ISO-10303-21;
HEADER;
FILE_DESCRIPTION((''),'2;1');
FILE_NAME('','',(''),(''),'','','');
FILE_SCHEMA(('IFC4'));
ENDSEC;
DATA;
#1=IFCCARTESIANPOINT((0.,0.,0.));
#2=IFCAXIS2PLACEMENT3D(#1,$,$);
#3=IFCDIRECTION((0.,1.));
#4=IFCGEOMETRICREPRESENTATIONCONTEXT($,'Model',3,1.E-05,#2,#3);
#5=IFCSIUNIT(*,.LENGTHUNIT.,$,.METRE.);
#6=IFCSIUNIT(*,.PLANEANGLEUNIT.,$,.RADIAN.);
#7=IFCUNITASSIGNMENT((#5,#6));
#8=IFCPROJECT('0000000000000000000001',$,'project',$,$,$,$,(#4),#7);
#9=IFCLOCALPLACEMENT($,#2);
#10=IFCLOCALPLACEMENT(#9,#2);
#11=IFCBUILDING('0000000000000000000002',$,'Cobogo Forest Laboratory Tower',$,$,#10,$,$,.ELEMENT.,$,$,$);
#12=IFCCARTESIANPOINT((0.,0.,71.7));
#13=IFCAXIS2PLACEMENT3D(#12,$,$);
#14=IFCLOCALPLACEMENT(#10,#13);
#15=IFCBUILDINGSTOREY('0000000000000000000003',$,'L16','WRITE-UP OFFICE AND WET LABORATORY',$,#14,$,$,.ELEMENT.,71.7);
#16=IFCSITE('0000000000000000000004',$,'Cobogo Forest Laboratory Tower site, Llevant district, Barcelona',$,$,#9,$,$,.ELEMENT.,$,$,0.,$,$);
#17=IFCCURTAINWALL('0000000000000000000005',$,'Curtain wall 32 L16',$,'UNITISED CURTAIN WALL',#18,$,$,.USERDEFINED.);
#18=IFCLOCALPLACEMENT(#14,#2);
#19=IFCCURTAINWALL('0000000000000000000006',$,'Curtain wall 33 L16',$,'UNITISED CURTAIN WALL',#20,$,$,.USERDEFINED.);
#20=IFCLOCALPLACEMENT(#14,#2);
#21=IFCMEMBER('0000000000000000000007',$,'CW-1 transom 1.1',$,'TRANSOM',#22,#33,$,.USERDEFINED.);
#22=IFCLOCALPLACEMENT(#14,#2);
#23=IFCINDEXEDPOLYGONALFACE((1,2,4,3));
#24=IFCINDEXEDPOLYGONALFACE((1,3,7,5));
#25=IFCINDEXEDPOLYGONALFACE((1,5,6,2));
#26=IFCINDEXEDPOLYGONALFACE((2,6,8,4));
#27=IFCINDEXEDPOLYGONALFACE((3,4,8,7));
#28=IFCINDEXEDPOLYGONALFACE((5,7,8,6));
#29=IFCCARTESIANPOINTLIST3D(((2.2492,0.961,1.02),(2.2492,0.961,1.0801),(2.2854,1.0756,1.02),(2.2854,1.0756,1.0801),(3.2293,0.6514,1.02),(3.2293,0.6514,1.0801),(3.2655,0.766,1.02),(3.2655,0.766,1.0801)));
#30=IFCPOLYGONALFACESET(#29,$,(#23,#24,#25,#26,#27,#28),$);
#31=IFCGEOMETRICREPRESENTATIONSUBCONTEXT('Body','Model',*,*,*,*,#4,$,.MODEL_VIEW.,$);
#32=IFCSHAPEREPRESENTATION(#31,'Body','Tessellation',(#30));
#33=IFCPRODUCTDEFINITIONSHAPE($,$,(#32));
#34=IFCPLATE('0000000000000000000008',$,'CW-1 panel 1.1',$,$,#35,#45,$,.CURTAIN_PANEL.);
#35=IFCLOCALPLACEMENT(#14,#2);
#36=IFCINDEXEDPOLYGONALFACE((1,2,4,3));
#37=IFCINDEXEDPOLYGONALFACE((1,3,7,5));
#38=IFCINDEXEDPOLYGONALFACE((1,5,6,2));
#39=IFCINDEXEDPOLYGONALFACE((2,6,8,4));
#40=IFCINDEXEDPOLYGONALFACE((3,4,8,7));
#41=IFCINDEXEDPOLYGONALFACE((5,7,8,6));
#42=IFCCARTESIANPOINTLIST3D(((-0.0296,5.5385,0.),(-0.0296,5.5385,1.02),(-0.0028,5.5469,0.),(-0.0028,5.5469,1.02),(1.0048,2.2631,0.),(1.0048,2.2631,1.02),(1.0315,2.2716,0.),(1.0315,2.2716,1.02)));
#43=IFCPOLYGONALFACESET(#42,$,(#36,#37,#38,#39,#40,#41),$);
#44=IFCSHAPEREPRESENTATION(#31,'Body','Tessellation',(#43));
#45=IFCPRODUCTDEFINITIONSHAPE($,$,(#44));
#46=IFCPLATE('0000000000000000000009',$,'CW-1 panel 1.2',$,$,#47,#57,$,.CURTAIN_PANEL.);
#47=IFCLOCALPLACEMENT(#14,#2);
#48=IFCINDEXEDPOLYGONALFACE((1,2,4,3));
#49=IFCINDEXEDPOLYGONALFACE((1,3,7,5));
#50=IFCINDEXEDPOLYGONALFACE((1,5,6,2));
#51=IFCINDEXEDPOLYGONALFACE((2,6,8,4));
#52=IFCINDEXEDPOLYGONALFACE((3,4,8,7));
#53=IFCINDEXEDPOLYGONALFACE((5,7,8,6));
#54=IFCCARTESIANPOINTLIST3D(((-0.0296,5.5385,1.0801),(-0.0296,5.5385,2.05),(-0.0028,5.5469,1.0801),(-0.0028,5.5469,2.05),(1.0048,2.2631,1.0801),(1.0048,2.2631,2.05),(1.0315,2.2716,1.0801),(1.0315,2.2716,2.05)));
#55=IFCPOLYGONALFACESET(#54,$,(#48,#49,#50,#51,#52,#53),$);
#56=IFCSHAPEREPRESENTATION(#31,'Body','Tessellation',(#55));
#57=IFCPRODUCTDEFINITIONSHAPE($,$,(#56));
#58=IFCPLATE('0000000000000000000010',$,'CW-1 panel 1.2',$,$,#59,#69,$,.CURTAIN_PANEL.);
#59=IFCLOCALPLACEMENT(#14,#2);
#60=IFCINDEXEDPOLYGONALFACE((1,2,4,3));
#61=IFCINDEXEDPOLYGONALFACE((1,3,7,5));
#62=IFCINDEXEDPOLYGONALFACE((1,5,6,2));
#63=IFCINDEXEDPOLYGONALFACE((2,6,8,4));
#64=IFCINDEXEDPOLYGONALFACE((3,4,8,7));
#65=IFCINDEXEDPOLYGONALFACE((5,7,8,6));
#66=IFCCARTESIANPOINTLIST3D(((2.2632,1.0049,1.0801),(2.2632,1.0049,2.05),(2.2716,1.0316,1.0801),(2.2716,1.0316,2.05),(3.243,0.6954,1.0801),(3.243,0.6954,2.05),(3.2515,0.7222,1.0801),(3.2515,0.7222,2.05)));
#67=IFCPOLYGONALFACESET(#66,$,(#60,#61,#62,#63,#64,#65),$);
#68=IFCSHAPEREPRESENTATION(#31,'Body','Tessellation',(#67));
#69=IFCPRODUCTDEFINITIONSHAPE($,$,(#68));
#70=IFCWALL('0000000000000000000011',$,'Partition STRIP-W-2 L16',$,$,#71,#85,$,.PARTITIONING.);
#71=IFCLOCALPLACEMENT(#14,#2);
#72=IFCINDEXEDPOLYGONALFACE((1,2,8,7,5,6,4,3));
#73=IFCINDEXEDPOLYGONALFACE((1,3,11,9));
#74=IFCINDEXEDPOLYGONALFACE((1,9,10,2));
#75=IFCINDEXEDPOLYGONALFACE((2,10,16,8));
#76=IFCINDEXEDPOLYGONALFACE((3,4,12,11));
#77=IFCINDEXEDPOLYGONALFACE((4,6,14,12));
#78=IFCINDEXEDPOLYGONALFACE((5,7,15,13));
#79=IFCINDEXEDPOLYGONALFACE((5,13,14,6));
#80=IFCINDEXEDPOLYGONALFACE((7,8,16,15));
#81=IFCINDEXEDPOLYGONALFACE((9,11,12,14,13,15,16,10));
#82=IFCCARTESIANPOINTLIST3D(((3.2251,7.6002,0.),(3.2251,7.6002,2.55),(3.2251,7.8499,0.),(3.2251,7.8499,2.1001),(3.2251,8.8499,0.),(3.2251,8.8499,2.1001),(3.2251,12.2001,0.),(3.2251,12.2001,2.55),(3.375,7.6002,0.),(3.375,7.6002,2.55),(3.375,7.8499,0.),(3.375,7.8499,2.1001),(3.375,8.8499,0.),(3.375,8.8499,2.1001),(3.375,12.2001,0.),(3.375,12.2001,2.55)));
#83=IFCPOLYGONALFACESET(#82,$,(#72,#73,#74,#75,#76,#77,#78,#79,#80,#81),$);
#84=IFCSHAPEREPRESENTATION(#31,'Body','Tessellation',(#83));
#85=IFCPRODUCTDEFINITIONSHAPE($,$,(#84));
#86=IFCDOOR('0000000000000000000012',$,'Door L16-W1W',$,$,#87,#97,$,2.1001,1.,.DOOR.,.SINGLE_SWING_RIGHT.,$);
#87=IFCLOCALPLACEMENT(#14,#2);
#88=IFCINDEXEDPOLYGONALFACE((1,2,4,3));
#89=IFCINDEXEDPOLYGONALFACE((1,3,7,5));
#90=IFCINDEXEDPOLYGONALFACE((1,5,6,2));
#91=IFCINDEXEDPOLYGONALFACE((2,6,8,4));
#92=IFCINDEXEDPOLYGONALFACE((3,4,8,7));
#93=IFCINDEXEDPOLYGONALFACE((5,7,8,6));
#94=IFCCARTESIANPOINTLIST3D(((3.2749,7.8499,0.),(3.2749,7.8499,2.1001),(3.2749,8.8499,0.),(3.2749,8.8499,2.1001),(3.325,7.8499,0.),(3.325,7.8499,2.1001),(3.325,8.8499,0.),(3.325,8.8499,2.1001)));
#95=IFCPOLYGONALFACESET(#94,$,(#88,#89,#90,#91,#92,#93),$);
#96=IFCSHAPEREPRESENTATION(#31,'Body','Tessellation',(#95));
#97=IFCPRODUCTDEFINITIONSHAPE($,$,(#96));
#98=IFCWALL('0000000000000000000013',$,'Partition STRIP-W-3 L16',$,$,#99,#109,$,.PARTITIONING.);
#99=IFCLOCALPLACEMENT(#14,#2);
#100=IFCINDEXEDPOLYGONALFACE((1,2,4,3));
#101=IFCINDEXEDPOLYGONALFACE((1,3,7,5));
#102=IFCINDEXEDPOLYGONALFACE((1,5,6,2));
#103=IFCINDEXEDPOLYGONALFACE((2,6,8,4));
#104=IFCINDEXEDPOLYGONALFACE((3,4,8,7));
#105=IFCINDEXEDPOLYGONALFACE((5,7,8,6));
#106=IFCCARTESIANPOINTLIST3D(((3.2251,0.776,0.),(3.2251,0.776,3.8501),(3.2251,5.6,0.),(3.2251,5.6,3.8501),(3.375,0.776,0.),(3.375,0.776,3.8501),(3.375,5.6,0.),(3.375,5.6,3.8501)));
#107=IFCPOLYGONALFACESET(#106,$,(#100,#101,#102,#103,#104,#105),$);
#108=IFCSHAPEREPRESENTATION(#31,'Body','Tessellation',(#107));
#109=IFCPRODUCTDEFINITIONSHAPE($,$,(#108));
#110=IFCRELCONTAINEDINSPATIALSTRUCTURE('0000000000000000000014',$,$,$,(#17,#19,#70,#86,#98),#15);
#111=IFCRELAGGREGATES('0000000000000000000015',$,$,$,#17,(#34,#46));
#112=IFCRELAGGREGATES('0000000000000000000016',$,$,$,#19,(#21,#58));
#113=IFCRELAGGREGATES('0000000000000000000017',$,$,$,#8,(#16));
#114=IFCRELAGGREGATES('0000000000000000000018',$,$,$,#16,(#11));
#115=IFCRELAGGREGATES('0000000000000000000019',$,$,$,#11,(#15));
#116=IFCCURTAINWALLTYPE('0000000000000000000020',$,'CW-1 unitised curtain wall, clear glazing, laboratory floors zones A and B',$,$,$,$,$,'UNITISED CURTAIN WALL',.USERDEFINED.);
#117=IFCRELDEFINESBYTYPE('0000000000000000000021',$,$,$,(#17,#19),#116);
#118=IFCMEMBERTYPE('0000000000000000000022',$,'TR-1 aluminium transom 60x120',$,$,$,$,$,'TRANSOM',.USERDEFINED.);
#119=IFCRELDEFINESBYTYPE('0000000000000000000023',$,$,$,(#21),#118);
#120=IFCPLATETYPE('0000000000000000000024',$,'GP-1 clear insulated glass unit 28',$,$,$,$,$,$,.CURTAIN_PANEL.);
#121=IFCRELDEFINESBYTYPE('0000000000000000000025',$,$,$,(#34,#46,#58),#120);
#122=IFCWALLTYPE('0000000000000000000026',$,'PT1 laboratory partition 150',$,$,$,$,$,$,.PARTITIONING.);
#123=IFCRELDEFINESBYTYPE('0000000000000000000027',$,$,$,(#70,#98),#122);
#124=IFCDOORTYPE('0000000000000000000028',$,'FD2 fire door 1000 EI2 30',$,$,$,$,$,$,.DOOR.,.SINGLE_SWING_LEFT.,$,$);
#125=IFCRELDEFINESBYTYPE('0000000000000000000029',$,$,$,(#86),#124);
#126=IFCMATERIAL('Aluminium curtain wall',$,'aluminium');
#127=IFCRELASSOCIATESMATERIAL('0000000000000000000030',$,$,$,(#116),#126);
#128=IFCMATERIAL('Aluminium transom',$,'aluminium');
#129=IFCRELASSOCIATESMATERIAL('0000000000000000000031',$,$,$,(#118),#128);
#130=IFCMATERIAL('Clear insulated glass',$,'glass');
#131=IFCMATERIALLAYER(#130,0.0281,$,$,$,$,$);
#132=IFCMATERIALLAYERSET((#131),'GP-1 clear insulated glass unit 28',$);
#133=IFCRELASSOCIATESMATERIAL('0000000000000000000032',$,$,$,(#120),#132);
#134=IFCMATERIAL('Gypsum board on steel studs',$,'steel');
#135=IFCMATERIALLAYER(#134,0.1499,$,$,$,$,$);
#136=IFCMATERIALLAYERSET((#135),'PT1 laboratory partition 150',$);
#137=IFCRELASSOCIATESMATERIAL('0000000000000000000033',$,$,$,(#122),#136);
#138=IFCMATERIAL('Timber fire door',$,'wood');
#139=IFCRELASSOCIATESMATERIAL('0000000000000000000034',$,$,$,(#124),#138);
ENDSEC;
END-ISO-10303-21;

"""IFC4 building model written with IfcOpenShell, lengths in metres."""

from ifc_helpers import new_model, si_unit, direction, frame, frame_2d, origin, origin_2d, place, context, subcontext, project, spatial, rectangle, extrude, material, layer, layer_set, material_profile, profile_set, type_object, element, fill, aggregate, save


model = new_model("IFC4")

# Units and contexts
model_context = context("Model", 3, precision=1e-05, world=origin(), true_north=direction((0.0, 1.0)))
body_context = subcontext(model_context, "Body", "Model", "MODEL_VIEW")
ifc_project = project(units=[si_unit("LENGTHUNIT", "METRE"), si_unit("PLANEANGLEUNIT", "RADIAN")], contexts=[model_context])

# Site, building, storey
site_placement = place(None, origin())
site = spatial("IfcSite", under=ifc_project, at=site_placement, Name="Cobogo Forest Laboratory Tower site, Llevant district, Barcelona", CompositionType="ELEMENT", RefElevation=0.0)
building_placement = place(site_placement, origin())
building = spatial("IfcBuilding", under=site, at=building_placement, Name="Cobogo Forest Laboratory Tower", CompositionType="ELEMENT")
storey_placement = place(building_placement, frame((0.0, 0.0, 71.7)))
storey = spatial("IfcBuildingStorey", under=building, at=storey_placement, Name="L16", Description="WRITE-UP OFFICE AND WET LABORATORY", CompositionType="ELEMENT", Elevation=71.7)

# Curtain walls
ifc_material_1 = material(Name="Aluminium curtain wall", Category="aluminium")
curtain_wall_type = type_object("IfcCurtainWallType", Name="CW-1 unitised curtain wall, clear glazing, laboratory floors zones A and B", ElementType="UNITISED CURTAIN WALL", PredefinedType="USERDEFINED", material=ifc_material_1)
curtain_wall_1_placement = place(storey_placement, origin())
curtain_wall_1 = element("IfcCurtainWall", 1, at=curtain_wall_1_placement, inside=storey, type_object=curtain_wall_type, Name="Curtain wall 32 L16", ObjectType="UNITISED CURTAIN WALL", PredefinedType="USERDEFINED")
curtain_wall_2_placement = place(storey_placement, origin())
curtain_wall_2 = element("IfcCurtainWall", 2, at=curtain_wall_2_placement, inside=storey, type_object=curtain_wall_type, Name="Curtain wall 33 L16", ObjectType="UNITISED CURTAIN WALL", PredefinedType="USERDEFINED")

# Member
ifc_material_2 = material(Name="Aluminium transom", Category="aluminium")
ifc_material_profile_1 = material_profile(ifc_material_2, rectangle(XDim=0.1201, YDim=0.0601, at=origin_2d()), Name="AL 60x120")
ifc_profile_set_1 = profile_set([ifc_material_profile_1], Name="Aluminium transom")
member_type_1 = type_object("IfcMemberType", Name="TR-1 aluminium transom 60x120", ElementType="TRANSOM", PredefinedType="USERDEFINED", material=ifc_profile_set_1)
member_1_placement = place(storey_placement, frame((2.2673, 1.0183, 1.05), z_axis=(0.953554, -0.301222, 0.0), x_axis=(0.301222, 0.953554, 0.0)))
member_1 = element("IfcMember", 3, at=member_1_placement, type_object=member_type_1, Name="CW-1 transom 1.1", ObjectType="TRANSOM", PredefinedType="USERDEFINED", context=body_context, shape_type="SweptSolid", body=[
    extrude(rectangle(XDim=0.1201, YDim=0.0601, at=origin_2d()), origin(), (0.0, 0.0, 1.0), 1.0278),
])

# Plates
ifc_material_3 = material(Name="Clear insulated glass", Category="glass")
ifc_layer_1 = layer(ifc_material_3, 0.0281)
ifc_layer_set_1 = layer_set([ifc_layer_1], Name="GP-1 clear insulated glass unit 28")
plate_type = type_object("IfcPlateType", Name="GP-1 clear insulated glass unit 28", PredefinedType="CURTAIN_PANEL", material=ifc_layer_set_1)
plate_1_placement = place(storey_placement, frame((0.501, 3.905, 0.0), z_axis=(0.0, 0.0, 1.0), x_axis=(0.301135, -0.953581, 0.0)))
plate_1 = element("IfcPlate", 4, at=plate_1_placement, type_object=plate_type, Name="CW-1 panel 1.1", PredefinedType="CURTAIN_PANEL", context=body_context, shape_type="SweptSolid", body=[
    extrude(rectangle(XDim=3.4348, YDim=0.0281, at=origin_2d()), origin(), (0.0, 0.0, 1.0), 1.02),
])
plate_2_placement = place(storey_placement, frame((0.501, 3.905, 1.0801), z_axis=(0.0, 0.0, 1.0), x_axis=(0.301135, -0.953581, 0.0)))
plate_2 = element("IfcPlate", 5, at=plate_2_placement, type_object=plate_type, Name="CW-1 panel 1.2", PredefinedType="CURTAIN_PANEL", context=body_context, shape_type="SweptSolid", body=[
    extrude(rectangle(XDim=3.4348, YDim=0.0281, at=origin_2d()), origin(), (0.0, 0.0, 1.0), 0.97),
])
aggregate(curtain_wall_1, [plate_1, plate_2])
plate_3_placement = place(storey_placement, frame((2.7573, 0.8635, 1.0801), z_axis=(0.0, 0.0, 1.0), x_axis=(0.953581, -0.301135, 0.0)))
plate_3 = element("IfcPlate", 6, at=plate_3_placement, type_object=plate_type, Name="CW-1 panel 1.2", PredefinedType="CURTAIN_PANEL", context=body_context, shape_type="SweptSolid", body=[
    extrude(rectangle(XDim=1.0276, YDim=0.0281, at=origin_2d()), origin(), (0.0, 0.0, 1.0), 0.97),
])
aggregate(curtain_wall_2, [member_1, plate_3])

# Wall, opening, door
ifc_material_4 = material(Name="Gypsum board on steel studs", Category="steel")
ifc_layer_2 = layer(ifc_material_4, 0.1499)
ifc_layer_set_2 = layer_set([ifc_layer_2], Name="PT1 laboratory partition 150")
wall_type = type_object("IfcWallType", Name="PT1 laboratory partition 150", PredefinedType="PARTITIONING", material=ifc_layer_set_2)
wall_1_placement = place(storey_placement, frame((3.3, 12.2, 0.0), z_axis=(0.0, 0.0, 1.0), x_axis=(0.0, -1.0, 0.0)))
wall_1 = element("IfcWall", 7, at=wall_1_placement, inside=storey, type_object=wall_type, Name="Partition STRIP-W-2 L16", PredefinedType="PARTITIONING", context=body_context, shape_type="SweptSolid", body=[
    extrude(rectangle(XDim=4.5999, YDim=0.1499, at=frame_2d((2.2998, 0.0))), origin(), (0.0, 0.0, 1.0), 2.55),
])
opening_placement = place(wall_1_placement, frame((3.3501, 0.0, 0.0)))
opening = element("IfcOpeningElement", 8, at=opening_placement, cuts=wall_1, PredefinedType="OPENING", context=body_context, shape_type="SweptSolid", body=[
    extrude(rectangle(XDim=1.0, YDim=2.1001, at=frame_2d((0.5, 1.05))), frame((0.0, 0.085, 0.0), z_axis=(0.0, -1.0, 0.0), x_axis=(1.0, 0.0, 0.0)), (0.0, 0.0, 1.0), 0.1699),
])
ifc_material_5 = material(Name="Timber fire door", Category="wood")
door_type = type_object("IfcDoorType", Name="FD2 fire door 1000 EI2 30", OperationType="SINGLE_SWING_LEFT", PredefinedType="DOOR", material=ifc_material_5)
door_placement = place(opening_placement, origin())
door = element("IfcDoor", 9, at=door_placement, inside=storey, type_object=door_type, Name="Door L16-W1W", OperationType="SINGLE_SWING_RIGHT", OverallHeight=2.1001, OverallWidth=1.0, PredefinedType="DOOR", context=body_context, shape_type="SweptSolid", body=[
    extrude(rectangle(XDim=1.0, YDim=2.1001, at=frame_2d((0.5, 1.05))), frame((0.0, 0.0249, 0.0), z_axis=(0.0, -1.0, 0.0), x_axis=(1.0, 0.0, 0.0)), (0.0, 0.0, 1.0), 0.05),
])
fill(opening, door)

# Wall
wall_2_placement = place(storey_placement, frame((3.3, 5.6001, 0.0), z_axis=(0.0, 0.0, 1.0), x_axis=(0.0, -1.0, 0.0)))
element("IfcWall", 10, at=wall_2_placement, inside=storey, type_object=wall_type, Name="Partition STRIP-W-3 L16", PredefinedType="PARTITIONING", context=body_context, shape_type="SweptSolid", body=[
    extrude(rectangle(XDim=4.824, YDim=0.1499, at=frame_2d((2.4121, 0.0))), origin(), (0.0, 0.0, 1.0), 3.8501),
])

save(model, "model.ifc")
